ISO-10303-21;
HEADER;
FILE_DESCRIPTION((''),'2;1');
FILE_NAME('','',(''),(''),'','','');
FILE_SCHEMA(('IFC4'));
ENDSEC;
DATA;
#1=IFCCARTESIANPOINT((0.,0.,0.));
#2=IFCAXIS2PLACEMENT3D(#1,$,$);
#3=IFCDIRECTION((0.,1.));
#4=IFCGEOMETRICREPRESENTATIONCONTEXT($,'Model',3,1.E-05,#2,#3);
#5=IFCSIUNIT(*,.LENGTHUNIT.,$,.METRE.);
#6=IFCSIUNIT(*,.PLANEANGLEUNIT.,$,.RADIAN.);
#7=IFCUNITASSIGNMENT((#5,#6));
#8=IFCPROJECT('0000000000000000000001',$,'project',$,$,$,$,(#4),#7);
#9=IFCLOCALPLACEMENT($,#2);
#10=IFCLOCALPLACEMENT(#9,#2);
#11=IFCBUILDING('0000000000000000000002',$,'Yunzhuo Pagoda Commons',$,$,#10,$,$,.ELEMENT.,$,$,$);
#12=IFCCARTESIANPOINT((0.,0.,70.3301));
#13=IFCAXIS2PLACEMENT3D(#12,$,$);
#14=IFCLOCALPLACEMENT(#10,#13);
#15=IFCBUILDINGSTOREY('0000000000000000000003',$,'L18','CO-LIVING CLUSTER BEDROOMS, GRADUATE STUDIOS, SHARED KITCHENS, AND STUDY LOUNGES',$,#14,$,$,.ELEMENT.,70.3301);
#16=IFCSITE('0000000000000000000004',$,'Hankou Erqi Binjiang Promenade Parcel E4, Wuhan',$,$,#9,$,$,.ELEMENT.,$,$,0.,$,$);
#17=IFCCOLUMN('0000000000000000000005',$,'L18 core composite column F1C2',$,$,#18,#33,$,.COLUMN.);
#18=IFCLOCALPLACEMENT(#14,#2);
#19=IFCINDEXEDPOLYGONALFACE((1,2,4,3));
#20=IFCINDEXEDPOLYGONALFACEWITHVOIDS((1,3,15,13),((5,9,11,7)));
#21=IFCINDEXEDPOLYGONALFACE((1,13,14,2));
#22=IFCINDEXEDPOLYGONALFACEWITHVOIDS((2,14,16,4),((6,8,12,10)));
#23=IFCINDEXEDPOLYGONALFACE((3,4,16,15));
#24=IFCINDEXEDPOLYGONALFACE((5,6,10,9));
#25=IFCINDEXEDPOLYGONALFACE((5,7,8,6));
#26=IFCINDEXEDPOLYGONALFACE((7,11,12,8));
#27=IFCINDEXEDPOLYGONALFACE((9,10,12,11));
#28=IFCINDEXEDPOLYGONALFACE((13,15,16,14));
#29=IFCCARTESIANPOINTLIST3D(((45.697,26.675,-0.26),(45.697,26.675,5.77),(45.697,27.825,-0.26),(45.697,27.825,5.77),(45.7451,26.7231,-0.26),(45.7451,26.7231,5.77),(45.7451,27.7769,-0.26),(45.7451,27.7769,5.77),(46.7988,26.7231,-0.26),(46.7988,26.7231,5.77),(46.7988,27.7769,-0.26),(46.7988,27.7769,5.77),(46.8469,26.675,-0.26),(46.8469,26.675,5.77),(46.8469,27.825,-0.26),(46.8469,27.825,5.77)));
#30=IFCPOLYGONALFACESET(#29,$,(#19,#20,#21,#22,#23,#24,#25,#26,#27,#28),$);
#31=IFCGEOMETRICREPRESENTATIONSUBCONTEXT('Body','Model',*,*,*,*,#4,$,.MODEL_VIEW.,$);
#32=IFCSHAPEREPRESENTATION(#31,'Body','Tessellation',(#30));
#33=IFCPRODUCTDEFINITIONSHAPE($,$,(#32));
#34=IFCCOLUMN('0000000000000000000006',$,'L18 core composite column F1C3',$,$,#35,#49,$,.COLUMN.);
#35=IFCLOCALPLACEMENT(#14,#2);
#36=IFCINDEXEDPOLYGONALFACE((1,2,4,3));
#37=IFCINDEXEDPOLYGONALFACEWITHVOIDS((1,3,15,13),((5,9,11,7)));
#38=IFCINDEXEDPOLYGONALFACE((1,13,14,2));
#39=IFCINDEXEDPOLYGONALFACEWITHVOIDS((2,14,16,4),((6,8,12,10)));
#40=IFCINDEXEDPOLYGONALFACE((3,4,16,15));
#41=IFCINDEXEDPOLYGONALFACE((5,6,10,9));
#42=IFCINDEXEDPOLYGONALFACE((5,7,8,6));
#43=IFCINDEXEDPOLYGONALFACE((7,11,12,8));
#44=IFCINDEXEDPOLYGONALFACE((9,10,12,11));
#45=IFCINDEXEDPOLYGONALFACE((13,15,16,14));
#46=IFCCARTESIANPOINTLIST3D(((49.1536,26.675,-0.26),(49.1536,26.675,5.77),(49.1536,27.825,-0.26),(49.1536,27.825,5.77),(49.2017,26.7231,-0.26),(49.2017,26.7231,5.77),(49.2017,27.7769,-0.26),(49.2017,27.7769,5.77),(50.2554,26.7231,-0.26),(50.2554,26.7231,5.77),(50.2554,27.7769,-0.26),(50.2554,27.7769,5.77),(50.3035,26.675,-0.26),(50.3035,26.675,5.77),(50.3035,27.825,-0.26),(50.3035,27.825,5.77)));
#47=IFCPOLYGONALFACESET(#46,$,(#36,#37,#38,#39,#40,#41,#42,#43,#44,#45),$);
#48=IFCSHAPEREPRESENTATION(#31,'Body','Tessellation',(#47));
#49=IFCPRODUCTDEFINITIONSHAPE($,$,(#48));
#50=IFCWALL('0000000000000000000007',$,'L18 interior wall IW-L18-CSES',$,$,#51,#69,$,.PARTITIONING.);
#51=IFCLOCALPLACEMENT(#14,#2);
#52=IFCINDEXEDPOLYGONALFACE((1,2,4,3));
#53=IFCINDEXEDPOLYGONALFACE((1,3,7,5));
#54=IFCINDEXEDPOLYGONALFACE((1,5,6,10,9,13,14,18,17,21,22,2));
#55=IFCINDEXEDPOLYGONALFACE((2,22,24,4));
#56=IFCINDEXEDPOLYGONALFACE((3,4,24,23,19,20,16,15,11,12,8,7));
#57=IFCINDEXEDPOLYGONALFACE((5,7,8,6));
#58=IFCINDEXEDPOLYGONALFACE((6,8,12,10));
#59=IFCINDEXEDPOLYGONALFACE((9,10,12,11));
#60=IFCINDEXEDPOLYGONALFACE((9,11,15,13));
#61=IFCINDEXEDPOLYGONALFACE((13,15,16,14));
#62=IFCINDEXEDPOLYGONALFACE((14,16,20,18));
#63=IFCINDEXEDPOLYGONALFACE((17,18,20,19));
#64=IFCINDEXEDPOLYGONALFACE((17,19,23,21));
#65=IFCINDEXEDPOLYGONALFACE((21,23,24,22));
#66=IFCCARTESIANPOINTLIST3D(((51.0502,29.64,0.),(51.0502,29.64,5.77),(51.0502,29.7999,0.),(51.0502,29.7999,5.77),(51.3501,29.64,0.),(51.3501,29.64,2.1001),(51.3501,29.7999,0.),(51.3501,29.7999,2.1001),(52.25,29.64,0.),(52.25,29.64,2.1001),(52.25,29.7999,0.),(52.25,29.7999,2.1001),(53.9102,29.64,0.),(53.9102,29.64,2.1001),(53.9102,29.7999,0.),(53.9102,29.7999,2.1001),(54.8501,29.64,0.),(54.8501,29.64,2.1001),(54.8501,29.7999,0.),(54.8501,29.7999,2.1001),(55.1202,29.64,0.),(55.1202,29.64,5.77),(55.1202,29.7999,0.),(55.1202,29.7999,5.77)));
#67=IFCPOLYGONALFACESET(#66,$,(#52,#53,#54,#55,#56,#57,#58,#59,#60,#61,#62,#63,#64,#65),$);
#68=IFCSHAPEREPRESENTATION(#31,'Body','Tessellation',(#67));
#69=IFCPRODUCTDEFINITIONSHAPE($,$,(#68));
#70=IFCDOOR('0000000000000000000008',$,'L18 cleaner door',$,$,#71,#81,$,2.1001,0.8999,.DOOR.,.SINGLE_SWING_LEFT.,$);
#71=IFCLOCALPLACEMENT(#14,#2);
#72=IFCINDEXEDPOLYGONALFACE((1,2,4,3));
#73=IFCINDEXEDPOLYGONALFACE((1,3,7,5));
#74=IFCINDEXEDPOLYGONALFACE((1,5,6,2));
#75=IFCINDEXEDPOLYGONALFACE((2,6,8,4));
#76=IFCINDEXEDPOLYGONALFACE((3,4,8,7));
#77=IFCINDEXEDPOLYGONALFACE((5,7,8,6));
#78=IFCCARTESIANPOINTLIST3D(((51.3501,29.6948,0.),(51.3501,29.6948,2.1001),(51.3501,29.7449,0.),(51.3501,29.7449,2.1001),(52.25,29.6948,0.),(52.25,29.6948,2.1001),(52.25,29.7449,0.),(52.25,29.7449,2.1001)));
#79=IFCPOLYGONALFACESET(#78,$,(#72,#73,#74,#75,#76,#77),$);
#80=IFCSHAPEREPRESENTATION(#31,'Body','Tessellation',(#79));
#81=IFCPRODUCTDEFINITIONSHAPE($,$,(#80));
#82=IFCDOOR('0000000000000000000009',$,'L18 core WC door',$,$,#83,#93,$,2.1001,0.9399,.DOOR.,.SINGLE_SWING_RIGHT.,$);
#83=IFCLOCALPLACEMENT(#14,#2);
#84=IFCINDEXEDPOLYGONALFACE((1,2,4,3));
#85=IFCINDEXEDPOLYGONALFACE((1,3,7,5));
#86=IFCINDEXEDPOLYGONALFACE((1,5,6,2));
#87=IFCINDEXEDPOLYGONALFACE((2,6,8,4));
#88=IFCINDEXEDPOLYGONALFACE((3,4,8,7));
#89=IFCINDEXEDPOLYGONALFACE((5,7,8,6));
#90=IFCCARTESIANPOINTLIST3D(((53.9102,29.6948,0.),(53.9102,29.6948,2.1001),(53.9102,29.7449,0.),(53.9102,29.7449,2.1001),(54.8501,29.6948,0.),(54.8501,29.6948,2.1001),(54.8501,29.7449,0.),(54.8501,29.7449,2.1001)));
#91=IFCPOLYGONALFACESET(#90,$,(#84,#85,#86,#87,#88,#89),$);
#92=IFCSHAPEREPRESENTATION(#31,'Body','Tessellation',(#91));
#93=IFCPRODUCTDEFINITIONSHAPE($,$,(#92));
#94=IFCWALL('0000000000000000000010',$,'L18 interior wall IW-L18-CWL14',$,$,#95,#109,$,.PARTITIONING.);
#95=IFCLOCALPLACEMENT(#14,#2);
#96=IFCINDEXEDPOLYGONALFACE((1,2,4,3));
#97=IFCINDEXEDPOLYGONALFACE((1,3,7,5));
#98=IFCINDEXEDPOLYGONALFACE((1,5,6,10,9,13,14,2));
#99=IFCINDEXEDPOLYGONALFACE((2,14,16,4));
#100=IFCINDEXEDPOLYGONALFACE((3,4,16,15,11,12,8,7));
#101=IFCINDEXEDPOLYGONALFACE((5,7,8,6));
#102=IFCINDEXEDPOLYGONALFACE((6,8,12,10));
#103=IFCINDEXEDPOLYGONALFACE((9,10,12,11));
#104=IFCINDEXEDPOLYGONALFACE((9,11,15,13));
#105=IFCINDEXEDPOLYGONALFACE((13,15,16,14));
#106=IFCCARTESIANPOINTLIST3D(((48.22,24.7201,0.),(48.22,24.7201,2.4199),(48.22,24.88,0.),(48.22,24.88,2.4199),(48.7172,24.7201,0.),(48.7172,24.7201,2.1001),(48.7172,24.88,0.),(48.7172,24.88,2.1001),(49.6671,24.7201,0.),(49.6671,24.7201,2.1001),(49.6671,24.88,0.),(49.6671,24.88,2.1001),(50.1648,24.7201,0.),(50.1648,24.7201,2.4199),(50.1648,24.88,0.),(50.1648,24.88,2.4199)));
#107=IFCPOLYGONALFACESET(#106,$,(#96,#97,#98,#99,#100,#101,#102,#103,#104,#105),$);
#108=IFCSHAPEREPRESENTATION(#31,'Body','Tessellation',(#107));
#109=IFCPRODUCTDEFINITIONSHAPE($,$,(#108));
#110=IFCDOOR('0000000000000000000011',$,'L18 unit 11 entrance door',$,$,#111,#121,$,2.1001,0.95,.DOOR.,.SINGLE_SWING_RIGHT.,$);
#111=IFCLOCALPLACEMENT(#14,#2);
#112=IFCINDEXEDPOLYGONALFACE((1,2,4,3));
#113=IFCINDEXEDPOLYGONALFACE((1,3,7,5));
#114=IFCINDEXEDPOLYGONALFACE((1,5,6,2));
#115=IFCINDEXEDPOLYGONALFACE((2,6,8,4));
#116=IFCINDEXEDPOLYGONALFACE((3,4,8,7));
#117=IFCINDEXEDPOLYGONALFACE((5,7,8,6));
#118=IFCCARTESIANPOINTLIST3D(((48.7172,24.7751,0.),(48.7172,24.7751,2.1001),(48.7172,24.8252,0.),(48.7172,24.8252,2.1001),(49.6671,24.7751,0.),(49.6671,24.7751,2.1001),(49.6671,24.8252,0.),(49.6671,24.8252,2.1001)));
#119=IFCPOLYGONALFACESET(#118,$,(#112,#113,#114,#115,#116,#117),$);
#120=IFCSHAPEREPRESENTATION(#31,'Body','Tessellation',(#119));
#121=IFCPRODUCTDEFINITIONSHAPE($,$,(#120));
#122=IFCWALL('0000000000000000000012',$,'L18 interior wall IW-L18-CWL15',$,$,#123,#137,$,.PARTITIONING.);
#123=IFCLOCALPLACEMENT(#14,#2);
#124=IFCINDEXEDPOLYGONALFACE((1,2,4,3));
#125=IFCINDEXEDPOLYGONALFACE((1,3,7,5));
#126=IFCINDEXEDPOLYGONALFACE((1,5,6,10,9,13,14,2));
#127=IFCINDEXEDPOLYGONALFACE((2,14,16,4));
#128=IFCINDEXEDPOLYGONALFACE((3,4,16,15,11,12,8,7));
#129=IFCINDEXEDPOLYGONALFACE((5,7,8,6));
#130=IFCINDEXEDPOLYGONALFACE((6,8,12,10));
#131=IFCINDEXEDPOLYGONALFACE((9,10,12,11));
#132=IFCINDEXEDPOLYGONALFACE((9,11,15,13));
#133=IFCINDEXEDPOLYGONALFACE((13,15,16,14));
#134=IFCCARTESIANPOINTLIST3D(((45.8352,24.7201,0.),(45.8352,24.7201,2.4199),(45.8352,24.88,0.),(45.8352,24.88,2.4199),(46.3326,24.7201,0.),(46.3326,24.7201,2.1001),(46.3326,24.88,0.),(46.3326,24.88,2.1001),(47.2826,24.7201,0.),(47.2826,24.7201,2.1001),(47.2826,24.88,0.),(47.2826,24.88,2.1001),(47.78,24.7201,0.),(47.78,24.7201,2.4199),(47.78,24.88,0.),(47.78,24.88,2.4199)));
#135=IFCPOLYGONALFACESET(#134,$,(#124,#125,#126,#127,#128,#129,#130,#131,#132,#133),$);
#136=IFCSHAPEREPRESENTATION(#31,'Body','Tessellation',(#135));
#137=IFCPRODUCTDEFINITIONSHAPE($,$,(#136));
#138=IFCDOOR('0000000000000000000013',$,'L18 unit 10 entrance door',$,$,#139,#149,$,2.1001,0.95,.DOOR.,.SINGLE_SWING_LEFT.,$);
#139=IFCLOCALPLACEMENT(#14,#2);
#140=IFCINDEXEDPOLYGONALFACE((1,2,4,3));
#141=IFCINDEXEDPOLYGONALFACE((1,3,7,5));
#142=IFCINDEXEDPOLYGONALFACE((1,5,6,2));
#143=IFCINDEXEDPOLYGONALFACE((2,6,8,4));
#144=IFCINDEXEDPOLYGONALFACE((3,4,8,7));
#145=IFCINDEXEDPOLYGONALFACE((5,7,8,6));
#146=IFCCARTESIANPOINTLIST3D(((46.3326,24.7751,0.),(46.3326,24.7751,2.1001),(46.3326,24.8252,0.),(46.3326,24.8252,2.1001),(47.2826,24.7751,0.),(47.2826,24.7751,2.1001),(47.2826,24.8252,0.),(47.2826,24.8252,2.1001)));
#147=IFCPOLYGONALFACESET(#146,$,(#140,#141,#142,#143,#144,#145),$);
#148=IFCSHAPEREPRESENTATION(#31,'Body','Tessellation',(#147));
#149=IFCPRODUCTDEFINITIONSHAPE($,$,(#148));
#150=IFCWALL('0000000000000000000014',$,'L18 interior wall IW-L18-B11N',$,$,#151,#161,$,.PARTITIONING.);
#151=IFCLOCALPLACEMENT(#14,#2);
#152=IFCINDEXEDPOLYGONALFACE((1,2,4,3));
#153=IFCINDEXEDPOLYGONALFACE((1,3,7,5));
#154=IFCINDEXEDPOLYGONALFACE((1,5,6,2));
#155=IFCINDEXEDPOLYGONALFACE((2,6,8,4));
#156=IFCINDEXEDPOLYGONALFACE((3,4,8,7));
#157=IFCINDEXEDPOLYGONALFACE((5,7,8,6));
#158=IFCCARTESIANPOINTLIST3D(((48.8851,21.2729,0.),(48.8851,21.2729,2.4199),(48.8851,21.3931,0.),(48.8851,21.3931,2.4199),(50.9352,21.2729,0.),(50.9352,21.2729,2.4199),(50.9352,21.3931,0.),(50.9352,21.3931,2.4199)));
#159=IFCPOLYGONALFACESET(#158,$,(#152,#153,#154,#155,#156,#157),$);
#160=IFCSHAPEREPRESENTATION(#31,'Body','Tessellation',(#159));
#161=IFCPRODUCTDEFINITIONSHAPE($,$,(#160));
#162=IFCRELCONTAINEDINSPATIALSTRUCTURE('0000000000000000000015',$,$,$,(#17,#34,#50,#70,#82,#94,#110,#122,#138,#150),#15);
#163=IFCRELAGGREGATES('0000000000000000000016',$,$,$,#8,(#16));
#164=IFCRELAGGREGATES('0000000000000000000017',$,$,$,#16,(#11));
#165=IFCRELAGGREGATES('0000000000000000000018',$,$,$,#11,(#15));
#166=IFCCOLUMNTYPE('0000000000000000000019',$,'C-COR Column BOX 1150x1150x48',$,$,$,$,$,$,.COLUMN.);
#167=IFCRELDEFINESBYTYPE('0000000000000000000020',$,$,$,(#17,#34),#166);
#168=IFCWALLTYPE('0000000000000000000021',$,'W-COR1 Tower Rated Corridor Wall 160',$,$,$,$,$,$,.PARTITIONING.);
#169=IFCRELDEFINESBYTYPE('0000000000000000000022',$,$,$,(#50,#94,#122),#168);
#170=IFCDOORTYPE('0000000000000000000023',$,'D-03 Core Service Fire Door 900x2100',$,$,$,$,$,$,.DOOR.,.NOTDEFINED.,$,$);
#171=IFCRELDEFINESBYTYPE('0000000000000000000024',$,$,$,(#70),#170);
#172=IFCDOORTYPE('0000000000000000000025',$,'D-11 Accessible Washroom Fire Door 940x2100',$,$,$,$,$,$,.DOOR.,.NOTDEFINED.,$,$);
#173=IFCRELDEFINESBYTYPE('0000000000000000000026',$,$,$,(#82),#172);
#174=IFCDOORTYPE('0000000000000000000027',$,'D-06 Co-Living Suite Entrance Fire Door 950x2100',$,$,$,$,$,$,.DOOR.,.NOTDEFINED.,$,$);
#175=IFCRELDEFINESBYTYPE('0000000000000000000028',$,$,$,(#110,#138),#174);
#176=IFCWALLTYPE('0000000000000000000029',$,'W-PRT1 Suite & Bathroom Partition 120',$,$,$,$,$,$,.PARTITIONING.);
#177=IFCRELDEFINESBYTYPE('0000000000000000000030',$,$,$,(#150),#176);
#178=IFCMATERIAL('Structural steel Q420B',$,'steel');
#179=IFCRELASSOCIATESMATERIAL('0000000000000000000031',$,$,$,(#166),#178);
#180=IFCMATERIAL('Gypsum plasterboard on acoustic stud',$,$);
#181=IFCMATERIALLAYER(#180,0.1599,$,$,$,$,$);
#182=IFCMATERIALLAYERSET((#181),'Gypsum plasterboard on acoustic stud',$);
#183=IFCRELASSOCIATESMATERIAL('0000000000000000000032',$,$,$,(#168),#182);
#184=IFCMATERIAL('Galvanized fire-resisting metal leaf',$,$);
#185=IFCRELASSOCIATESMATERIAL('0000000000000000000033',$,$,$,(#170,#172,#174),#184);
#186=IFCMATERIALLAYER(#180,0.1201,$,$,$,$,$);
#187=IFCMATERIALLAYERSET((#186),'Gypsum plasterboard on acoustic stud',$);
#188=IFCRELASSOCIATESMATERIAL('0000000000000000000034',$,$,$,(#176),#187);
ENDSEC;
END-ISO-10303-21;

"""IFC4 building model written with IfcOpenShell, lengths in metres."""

from ifc_helpers import new_model, si_unit, direction, frame, frame_2d, origin, origin_with_axes, origin_2d, place, context, subcontext, project, spatial, rectangle, hollow_rectangle, extrude, source, transform, mapped, material, layer, layer_set, material_profile, profile_set, type_object, element, fill, save


model = new_model("IFC4")

# Units and contexts
model_context = context("Model", 3, precision=1e-05, world=origin(), true_north=direction((0.0, 1.0)))
body_context = subcontext(model_context, "Body", "Model", "MODEL_VIEW")
ifc_project = project(units=[si_unit("LENGTHUNIT", "METRE"), si_unit("PLANEANGLEUNIT", "RADIAN")], contexts=[model_context])

# Site, building, storey
site_placement = place(None, origin())
site = spatial("IfcSite", under=ifc_project, at=site_placement, Name="Hankou Erqi Binjiang Promenade Parcel E4, Wuhan", CompositionType="ELEMENT", RefElevation=0.0)
building_placement = place(site_placement, origin())
building = spatial("IfcBuilding", under=site, at=building_placement, Name="Yunzhuo Pagoda Commons", CompositionType="ELEMENT")
storey_placement = place(building_placement, frame((0.0, 0.0, 70.3301)))
storey = spatial("IfcBuildingStorey", under=building, at=storey_placement, Name="L18", Description="CO-LIVING CLUSTER BEDROOMS, GRADUATE STUDIOS, SHARED KITCHENS, AND STUDY LOUNGES", CompositionType="ELEMENT", Elevation=70.3301)

# Columns
ifc_material_1 = material(Name="Structural steel Q420B", Category="steel")
ifc_material_profile = material_profile(ifc_material_1, hollow_rectangle(XDim=1.1499, YDim=1.1499, WallThickness=0.0481, at=origin_2d()), Name="Structural steel Q420B")
ifc_profile_set = profile_set([ifc_material_profile], Name="Structural steel Q420B")
column_type = type_object("IfcColumnType", Name="C-COR Column BOX 1150x1150x48", PredefinedType="COLUMN", material=ifc_profile_set)
shared_shape_1 = source(origin(), body_context, "Body", "SweptSolid", [
    extrude(hollow_rectangle(XDim=1.1499, YDim=1.1499, WallThickness=0.0481, at=origin_2d()), origin(), (0.0, 0.0, 1.0), 6.03),
])
for number, where, z_axis, x_axis, name in (
    (1, (46.272, 27.25, -0.26), (0.0, 0.0, 1.0), (1.0, 0.0, 0.0), "L18 core composite column F1C2"),
    (2, (49.7285, 27.25, -0.26), (0.0, 0.0, 1.0), (1.0, 0.0, 0.0), "L18 core composite column F1C3"),
):
    element("IfcColumn", number, at=place(storey_placement, frame(where, z_axis=z_axis, x_axis=x_axis)), inside=storey, type_object=column_type, Name=name, PredefinedType="COLUMN", context=body_context, shape_type="MappedRepresentation", body=[
        mapped(shared_shape_1, transform((0.0, 0.0, 0.0), scale=1.0)),
    ])

# Wall, openings, doors
ifc_material_2 = material(Name="Gypsum plasterboard on acoustic stud")
ifc_layer_1 = layer(ifc_material_2, 0.1599)
ifc_layer_set_1 = layer_set([ifc_layer_1], Name="Gypsum plasterboard on acoustic stud")
wall_type_1 = type_object("IfcWallType", Name="W-COR1 Tower Rated Corridor Wall 160", PredefinedType="PARTITIONING", material=ifc_layer_set_1)
wall_1_placement = place(storey_placement, frame((51.05, 29.72, 0.0), z_axis=(0.0, 0.0, 1.0), x_axis=(1.0, 0.0, 0.0)))
wall_1 = element("IfcWall", 3, at=wall_1_placement, inside=storey, type_object=wall_type_1, Name="L18 interior wall IW-L18-CSES", PredefinedType="PARTITIONING", context=body_context, shape_type="SweptSolid", body=[
    extrude(rectangle(XDim=4.0701, YDim=0.1599, at=frame_2d((2.0352, 0.0))), origin(), (0.0, 0.0, 1.0), 5.77),
])
opening_1_placement = place(wall_1_placement, frame((0.3, 0.0, 0.0)))
opening_1 = element("IfcOpeningElement", 4, at=opening_1_placement, cuts=wall_1, PredefinedType="OPENING", context=body_context, shape_type="SweptSolid", body=[
    extrude(rectangle(XDim=0.8999, YDim=2.1001, at=frame_2d((0.45, 1.05))), frame((0.0, 0.0898, 0.0), z_axis=(0.0, -1.0, 0.0), x_axis=(1.0, 0.0, 0.0)), (0.0, 0.0, 1.0), 0.1799),
])
opening_2_placement = place(wall_1_placement, frame((2.8601, 0.0, 0.0)))
opening_2 = element("IfcOpeningElement", 5, at=opening_2_placement, cuts=wall_1, PredefinedType="OPENING", context=body_context, shape_type="SweptSolid", body=[
    extrude(rectangle(XDim=0.9399, YDim=2.1001, at=frame_2d((0.47, 1.05))), frame((0.0, 0.0898, 0.0), z_axis=(0.0, -1.0, 0.0), x_axis=(1.0, 0.0, 0.0)), (0.0, 0.0, 1.0), 0.1799),
])
ifc_material_3 = material(Name="Galvanized fire-resisting metal leaf")
door_type_1 = type_object("IfcDoorType", Name="D-03 Core Service Fire Door 900x2100", OperationType="NOTDEFINED", PredefinedType="DOOR", material=ifc_material_3)
shared_shape_2 = source(origin(), body_context, "Body", "SweptSolid", [
    extrude(rectangle(XDim=0.8999, YDim=2.1001, at=frame_2d((0.45, 1.05))), frame((0.0, 0.0249, 0.0), z_axis=(0.0, -1.0, 0.0), x_axis=(1.0, 0.0, 0.0)), (0.0, 0.0, 1.0), 0.05),
])
door_1_placement = place(opening_1_placement, origin_with_axes())
door_1 = element("IfcDoor", 6, at=door_1_placement, inside=storey, type_object=door_type_1, Name="L18 cleaner door", OperationType="SINGLE_SWING_LEFT", OverallHeight=2.1001, OverallWidth=0.8999, PredefinedType="DOOR", context=body_context, shape_type="MappedRepresentation", body=[
    mapped(shared_shape_2, transform((0.0, 0.0, 0.0), scale=1.0)),
])
fill(opening_1, door_1)
door_type_2 = type_object("IfcDoorType", Name="D-11 Accessible Washroom Fire Door 940x2100", OperationType="NOTDEFINED", PredefinedType="DOOR", material=ifc_material_3)
shared_shape_3 = source(origin(), body_context, "Body", "SweptSolid", [
    extrude(rectangle(XDim=0.9399, YDim=2.1001, at=frame_2d((0.47, 1.05))), frame((0.0, 0.0249, 0.0), z_axis=(0.0, -1.0, 0.0), x_axis=(1.0, 0.0, 0.0)), (0.0, 0.0, 1.0), 0.05),
])
door_2_placement = place(opening_2_placement, origin_with_axes())
door_2 = element("IfcDoor", 7, at=door_2_placement, inside=storey, type_object=door_type_2, Name="L18 core WC door", OperationType="SINGLE_SWING_RIGHT", OverallHeight=2.1001, OverallWidth=0.9399, PredefinedType="DOOR", context=body_context, shape_type="MappedRepresentation", body=[
    mapped(shared_shape_3, transform((0.0, 0.0, 0.0), scale=1.0)),
])
fill(opening_2, door_2)

# Walls, openings, doors
wall_2_placement = place(storey_placement, frame((50.1648, 24.8, 0.0), z_axis=(0.0, 0.0, 1.0), x_axis=(-1.0, 0.0, 0.0)))
wall_2 = element("IfcWall", 8, at=wall_2_placement, inside=storey, type_object=wall_type_1, Name="L18 interior wall IW-L18-CWL14", PredefinedType="PARTITIONING", context=body_context, shape_type="SweptSolid", body=[
    extrude(rectangle(XDim=1.9448, YDim=0.1599, at=frame_2d((0.9724, 0.0))), origin(), (0.0, 0.0, 1.0), 2.4199),
])
opening_3_placement = place(wall_2_placement, frame((0.4976, 0.0, 0.0)))
opening_3 = element("IfcOpeningElement", 9, at=opening_3_placement, cuts=wall_2, PredefinedType="OPENING", context=body_context, shape_type="SweptSolid", body=[
    extrude(rectangle(XDim=0.95, YDim=2.1001, at=frame_2d((0.4751, 1.05))), frame((0.0, 0.0898, 0.0), z_axis=(0.0, -1.0, 0.0), x_axis=(1.0, 0.0, 0.0)), (0.0, 0.0, 1.0), 0.1799),
])
door_type_3 = type_object("IfcDoorType", Name="D-06 Co-Living Suite Entrance Fire Door 950x2100", OperationType="NOTDEFINED", PredefinedType="DOOR", material=ifc_material_3)
shared_shape_4 = source(origin(), body_context, "Body", "SweptSolid", [
    extrude(rectangle(XDim=0.95, YDim=2.1001, at=frame_2d((0.4751, 1.05))), frame((0.0, 0.0249, 0.0), z_axis=(0.0, -1.0, 0.0), x_axis=(1.0, 0.0, 0.0)), (0.0, 0.0, 1.0), 0.05),
])
door_3_placement = place(opening_3_placement, origin_with_axes())
door_3 = element("IfcDoor", 10, at=door_3_placement, inside=storey, type_object=door_type_3, Name="L18 unit 11 entrance door", OperationType="SINGLE_SWING_RIGHT", OverallHeight=2.1001, OverallWidth=0.95, PredefinedType="DOOR", context=body_context, shape_type="MappedRepresentation", body=[
    mapped(shared_shape_4, transform((0.0, 0.0, 0.0), scale=1.0)),
])
fill(opening_3, door_3)
wall_3_placement = place(storey_placement, frame((47.78, 24.8, 0.0), z_axis=(0.0, 0.0, 1.0), x_axis=(-1.0, 0.0, 0.0)))
wall_3 = element("IfcWall", 11, at=wall_3_placement, inside=storey, type_object=wall_type_1, Name="L18 interior wall IW-L18-CWL15", PredefinedType="PARTITIONING", context=body_context, shape_type="SweptSolid", body=[
    extrude(rectangle(XDim=1.9448, YDim=0.1599, at=frame_2d((0.9724, 0.0))), origin(), (0.0, 0.0, 1.0), 2.4199),
])
opening_4_placement = place(wall_3_placement, frame((0.4973, 0.0, 0.0)))
opening_4 = element("IfcOpeningElement", 12, at=opening_4_placement, cuts=wall_3, PredefinedType="OPENING", context=body_context, shape_type="SweptSolid", body=[
    extrude(rectangle(XDim=0.95, YDim=2.1001, at=frame_2d((0.4751, 1.05))), frame((0.0, 0.0898, 0.0), z_axis=(0.0, -1.0, 0.0), x_axis=(1.0, 0.0, 0.0)), (0.0, 0.0, 1.0), 0.1799),
])
door_4_placement = place(opening_4_placement, origin_with_axes())
door_4 = element("IfcDoor", 13, at=door_4_placement, inside=storey, type_object=door_type_3, Name="L18 unit 10 entrance door", OperationType="SINGLE_SWING_LEFT", OverallHeight=2.1001, OverallWidth=0.95, PredefinedType="DOOR", context=body_context, shape_type="MappedRepresentation", body=[
    mapped(shared_shape_4, transform((0.0, 0.0, 0.0), scale=1.0)),
])
fill(opening_4, door_4)

# Wall
ifc_layer_2 = layer(ifc_material_2, 0.1201)
ifc_layer_set_2 = layer_set([ifc_layer_2], Name="Gypsum plasterboard on acoustic stud")
wall_type_2 = type_object("IfcWallType", Name="W-PRT1 Suite & Bathroom Partition 120", PredefinedType="PARTITIONING", material=ifc_layer_set_2)
wall_4_placement = place(storey_placement, frame((50.9351, 21.333, 0.0), z_axis=(0.0, 0.0, 1.0), x_axis=(-1.0, 0.0, 0.0)))
element("IfcWall", 14, at=wall_4_placement, inside=storey, type_object=wall_type_2, Name="L18 interior wall IW-L18-B11N", PredefinedType="PARTITIONING", context=body_context, shape_type="SweptSolid", body=[
    extrude(rectangle(XDim=2.05, YDim=0.1201, at=frame_2d((1.0249, 0.0))), origin(), (0.0, 0.0, 1.0), 2.4199),
])

save(model, "model.ifc")
